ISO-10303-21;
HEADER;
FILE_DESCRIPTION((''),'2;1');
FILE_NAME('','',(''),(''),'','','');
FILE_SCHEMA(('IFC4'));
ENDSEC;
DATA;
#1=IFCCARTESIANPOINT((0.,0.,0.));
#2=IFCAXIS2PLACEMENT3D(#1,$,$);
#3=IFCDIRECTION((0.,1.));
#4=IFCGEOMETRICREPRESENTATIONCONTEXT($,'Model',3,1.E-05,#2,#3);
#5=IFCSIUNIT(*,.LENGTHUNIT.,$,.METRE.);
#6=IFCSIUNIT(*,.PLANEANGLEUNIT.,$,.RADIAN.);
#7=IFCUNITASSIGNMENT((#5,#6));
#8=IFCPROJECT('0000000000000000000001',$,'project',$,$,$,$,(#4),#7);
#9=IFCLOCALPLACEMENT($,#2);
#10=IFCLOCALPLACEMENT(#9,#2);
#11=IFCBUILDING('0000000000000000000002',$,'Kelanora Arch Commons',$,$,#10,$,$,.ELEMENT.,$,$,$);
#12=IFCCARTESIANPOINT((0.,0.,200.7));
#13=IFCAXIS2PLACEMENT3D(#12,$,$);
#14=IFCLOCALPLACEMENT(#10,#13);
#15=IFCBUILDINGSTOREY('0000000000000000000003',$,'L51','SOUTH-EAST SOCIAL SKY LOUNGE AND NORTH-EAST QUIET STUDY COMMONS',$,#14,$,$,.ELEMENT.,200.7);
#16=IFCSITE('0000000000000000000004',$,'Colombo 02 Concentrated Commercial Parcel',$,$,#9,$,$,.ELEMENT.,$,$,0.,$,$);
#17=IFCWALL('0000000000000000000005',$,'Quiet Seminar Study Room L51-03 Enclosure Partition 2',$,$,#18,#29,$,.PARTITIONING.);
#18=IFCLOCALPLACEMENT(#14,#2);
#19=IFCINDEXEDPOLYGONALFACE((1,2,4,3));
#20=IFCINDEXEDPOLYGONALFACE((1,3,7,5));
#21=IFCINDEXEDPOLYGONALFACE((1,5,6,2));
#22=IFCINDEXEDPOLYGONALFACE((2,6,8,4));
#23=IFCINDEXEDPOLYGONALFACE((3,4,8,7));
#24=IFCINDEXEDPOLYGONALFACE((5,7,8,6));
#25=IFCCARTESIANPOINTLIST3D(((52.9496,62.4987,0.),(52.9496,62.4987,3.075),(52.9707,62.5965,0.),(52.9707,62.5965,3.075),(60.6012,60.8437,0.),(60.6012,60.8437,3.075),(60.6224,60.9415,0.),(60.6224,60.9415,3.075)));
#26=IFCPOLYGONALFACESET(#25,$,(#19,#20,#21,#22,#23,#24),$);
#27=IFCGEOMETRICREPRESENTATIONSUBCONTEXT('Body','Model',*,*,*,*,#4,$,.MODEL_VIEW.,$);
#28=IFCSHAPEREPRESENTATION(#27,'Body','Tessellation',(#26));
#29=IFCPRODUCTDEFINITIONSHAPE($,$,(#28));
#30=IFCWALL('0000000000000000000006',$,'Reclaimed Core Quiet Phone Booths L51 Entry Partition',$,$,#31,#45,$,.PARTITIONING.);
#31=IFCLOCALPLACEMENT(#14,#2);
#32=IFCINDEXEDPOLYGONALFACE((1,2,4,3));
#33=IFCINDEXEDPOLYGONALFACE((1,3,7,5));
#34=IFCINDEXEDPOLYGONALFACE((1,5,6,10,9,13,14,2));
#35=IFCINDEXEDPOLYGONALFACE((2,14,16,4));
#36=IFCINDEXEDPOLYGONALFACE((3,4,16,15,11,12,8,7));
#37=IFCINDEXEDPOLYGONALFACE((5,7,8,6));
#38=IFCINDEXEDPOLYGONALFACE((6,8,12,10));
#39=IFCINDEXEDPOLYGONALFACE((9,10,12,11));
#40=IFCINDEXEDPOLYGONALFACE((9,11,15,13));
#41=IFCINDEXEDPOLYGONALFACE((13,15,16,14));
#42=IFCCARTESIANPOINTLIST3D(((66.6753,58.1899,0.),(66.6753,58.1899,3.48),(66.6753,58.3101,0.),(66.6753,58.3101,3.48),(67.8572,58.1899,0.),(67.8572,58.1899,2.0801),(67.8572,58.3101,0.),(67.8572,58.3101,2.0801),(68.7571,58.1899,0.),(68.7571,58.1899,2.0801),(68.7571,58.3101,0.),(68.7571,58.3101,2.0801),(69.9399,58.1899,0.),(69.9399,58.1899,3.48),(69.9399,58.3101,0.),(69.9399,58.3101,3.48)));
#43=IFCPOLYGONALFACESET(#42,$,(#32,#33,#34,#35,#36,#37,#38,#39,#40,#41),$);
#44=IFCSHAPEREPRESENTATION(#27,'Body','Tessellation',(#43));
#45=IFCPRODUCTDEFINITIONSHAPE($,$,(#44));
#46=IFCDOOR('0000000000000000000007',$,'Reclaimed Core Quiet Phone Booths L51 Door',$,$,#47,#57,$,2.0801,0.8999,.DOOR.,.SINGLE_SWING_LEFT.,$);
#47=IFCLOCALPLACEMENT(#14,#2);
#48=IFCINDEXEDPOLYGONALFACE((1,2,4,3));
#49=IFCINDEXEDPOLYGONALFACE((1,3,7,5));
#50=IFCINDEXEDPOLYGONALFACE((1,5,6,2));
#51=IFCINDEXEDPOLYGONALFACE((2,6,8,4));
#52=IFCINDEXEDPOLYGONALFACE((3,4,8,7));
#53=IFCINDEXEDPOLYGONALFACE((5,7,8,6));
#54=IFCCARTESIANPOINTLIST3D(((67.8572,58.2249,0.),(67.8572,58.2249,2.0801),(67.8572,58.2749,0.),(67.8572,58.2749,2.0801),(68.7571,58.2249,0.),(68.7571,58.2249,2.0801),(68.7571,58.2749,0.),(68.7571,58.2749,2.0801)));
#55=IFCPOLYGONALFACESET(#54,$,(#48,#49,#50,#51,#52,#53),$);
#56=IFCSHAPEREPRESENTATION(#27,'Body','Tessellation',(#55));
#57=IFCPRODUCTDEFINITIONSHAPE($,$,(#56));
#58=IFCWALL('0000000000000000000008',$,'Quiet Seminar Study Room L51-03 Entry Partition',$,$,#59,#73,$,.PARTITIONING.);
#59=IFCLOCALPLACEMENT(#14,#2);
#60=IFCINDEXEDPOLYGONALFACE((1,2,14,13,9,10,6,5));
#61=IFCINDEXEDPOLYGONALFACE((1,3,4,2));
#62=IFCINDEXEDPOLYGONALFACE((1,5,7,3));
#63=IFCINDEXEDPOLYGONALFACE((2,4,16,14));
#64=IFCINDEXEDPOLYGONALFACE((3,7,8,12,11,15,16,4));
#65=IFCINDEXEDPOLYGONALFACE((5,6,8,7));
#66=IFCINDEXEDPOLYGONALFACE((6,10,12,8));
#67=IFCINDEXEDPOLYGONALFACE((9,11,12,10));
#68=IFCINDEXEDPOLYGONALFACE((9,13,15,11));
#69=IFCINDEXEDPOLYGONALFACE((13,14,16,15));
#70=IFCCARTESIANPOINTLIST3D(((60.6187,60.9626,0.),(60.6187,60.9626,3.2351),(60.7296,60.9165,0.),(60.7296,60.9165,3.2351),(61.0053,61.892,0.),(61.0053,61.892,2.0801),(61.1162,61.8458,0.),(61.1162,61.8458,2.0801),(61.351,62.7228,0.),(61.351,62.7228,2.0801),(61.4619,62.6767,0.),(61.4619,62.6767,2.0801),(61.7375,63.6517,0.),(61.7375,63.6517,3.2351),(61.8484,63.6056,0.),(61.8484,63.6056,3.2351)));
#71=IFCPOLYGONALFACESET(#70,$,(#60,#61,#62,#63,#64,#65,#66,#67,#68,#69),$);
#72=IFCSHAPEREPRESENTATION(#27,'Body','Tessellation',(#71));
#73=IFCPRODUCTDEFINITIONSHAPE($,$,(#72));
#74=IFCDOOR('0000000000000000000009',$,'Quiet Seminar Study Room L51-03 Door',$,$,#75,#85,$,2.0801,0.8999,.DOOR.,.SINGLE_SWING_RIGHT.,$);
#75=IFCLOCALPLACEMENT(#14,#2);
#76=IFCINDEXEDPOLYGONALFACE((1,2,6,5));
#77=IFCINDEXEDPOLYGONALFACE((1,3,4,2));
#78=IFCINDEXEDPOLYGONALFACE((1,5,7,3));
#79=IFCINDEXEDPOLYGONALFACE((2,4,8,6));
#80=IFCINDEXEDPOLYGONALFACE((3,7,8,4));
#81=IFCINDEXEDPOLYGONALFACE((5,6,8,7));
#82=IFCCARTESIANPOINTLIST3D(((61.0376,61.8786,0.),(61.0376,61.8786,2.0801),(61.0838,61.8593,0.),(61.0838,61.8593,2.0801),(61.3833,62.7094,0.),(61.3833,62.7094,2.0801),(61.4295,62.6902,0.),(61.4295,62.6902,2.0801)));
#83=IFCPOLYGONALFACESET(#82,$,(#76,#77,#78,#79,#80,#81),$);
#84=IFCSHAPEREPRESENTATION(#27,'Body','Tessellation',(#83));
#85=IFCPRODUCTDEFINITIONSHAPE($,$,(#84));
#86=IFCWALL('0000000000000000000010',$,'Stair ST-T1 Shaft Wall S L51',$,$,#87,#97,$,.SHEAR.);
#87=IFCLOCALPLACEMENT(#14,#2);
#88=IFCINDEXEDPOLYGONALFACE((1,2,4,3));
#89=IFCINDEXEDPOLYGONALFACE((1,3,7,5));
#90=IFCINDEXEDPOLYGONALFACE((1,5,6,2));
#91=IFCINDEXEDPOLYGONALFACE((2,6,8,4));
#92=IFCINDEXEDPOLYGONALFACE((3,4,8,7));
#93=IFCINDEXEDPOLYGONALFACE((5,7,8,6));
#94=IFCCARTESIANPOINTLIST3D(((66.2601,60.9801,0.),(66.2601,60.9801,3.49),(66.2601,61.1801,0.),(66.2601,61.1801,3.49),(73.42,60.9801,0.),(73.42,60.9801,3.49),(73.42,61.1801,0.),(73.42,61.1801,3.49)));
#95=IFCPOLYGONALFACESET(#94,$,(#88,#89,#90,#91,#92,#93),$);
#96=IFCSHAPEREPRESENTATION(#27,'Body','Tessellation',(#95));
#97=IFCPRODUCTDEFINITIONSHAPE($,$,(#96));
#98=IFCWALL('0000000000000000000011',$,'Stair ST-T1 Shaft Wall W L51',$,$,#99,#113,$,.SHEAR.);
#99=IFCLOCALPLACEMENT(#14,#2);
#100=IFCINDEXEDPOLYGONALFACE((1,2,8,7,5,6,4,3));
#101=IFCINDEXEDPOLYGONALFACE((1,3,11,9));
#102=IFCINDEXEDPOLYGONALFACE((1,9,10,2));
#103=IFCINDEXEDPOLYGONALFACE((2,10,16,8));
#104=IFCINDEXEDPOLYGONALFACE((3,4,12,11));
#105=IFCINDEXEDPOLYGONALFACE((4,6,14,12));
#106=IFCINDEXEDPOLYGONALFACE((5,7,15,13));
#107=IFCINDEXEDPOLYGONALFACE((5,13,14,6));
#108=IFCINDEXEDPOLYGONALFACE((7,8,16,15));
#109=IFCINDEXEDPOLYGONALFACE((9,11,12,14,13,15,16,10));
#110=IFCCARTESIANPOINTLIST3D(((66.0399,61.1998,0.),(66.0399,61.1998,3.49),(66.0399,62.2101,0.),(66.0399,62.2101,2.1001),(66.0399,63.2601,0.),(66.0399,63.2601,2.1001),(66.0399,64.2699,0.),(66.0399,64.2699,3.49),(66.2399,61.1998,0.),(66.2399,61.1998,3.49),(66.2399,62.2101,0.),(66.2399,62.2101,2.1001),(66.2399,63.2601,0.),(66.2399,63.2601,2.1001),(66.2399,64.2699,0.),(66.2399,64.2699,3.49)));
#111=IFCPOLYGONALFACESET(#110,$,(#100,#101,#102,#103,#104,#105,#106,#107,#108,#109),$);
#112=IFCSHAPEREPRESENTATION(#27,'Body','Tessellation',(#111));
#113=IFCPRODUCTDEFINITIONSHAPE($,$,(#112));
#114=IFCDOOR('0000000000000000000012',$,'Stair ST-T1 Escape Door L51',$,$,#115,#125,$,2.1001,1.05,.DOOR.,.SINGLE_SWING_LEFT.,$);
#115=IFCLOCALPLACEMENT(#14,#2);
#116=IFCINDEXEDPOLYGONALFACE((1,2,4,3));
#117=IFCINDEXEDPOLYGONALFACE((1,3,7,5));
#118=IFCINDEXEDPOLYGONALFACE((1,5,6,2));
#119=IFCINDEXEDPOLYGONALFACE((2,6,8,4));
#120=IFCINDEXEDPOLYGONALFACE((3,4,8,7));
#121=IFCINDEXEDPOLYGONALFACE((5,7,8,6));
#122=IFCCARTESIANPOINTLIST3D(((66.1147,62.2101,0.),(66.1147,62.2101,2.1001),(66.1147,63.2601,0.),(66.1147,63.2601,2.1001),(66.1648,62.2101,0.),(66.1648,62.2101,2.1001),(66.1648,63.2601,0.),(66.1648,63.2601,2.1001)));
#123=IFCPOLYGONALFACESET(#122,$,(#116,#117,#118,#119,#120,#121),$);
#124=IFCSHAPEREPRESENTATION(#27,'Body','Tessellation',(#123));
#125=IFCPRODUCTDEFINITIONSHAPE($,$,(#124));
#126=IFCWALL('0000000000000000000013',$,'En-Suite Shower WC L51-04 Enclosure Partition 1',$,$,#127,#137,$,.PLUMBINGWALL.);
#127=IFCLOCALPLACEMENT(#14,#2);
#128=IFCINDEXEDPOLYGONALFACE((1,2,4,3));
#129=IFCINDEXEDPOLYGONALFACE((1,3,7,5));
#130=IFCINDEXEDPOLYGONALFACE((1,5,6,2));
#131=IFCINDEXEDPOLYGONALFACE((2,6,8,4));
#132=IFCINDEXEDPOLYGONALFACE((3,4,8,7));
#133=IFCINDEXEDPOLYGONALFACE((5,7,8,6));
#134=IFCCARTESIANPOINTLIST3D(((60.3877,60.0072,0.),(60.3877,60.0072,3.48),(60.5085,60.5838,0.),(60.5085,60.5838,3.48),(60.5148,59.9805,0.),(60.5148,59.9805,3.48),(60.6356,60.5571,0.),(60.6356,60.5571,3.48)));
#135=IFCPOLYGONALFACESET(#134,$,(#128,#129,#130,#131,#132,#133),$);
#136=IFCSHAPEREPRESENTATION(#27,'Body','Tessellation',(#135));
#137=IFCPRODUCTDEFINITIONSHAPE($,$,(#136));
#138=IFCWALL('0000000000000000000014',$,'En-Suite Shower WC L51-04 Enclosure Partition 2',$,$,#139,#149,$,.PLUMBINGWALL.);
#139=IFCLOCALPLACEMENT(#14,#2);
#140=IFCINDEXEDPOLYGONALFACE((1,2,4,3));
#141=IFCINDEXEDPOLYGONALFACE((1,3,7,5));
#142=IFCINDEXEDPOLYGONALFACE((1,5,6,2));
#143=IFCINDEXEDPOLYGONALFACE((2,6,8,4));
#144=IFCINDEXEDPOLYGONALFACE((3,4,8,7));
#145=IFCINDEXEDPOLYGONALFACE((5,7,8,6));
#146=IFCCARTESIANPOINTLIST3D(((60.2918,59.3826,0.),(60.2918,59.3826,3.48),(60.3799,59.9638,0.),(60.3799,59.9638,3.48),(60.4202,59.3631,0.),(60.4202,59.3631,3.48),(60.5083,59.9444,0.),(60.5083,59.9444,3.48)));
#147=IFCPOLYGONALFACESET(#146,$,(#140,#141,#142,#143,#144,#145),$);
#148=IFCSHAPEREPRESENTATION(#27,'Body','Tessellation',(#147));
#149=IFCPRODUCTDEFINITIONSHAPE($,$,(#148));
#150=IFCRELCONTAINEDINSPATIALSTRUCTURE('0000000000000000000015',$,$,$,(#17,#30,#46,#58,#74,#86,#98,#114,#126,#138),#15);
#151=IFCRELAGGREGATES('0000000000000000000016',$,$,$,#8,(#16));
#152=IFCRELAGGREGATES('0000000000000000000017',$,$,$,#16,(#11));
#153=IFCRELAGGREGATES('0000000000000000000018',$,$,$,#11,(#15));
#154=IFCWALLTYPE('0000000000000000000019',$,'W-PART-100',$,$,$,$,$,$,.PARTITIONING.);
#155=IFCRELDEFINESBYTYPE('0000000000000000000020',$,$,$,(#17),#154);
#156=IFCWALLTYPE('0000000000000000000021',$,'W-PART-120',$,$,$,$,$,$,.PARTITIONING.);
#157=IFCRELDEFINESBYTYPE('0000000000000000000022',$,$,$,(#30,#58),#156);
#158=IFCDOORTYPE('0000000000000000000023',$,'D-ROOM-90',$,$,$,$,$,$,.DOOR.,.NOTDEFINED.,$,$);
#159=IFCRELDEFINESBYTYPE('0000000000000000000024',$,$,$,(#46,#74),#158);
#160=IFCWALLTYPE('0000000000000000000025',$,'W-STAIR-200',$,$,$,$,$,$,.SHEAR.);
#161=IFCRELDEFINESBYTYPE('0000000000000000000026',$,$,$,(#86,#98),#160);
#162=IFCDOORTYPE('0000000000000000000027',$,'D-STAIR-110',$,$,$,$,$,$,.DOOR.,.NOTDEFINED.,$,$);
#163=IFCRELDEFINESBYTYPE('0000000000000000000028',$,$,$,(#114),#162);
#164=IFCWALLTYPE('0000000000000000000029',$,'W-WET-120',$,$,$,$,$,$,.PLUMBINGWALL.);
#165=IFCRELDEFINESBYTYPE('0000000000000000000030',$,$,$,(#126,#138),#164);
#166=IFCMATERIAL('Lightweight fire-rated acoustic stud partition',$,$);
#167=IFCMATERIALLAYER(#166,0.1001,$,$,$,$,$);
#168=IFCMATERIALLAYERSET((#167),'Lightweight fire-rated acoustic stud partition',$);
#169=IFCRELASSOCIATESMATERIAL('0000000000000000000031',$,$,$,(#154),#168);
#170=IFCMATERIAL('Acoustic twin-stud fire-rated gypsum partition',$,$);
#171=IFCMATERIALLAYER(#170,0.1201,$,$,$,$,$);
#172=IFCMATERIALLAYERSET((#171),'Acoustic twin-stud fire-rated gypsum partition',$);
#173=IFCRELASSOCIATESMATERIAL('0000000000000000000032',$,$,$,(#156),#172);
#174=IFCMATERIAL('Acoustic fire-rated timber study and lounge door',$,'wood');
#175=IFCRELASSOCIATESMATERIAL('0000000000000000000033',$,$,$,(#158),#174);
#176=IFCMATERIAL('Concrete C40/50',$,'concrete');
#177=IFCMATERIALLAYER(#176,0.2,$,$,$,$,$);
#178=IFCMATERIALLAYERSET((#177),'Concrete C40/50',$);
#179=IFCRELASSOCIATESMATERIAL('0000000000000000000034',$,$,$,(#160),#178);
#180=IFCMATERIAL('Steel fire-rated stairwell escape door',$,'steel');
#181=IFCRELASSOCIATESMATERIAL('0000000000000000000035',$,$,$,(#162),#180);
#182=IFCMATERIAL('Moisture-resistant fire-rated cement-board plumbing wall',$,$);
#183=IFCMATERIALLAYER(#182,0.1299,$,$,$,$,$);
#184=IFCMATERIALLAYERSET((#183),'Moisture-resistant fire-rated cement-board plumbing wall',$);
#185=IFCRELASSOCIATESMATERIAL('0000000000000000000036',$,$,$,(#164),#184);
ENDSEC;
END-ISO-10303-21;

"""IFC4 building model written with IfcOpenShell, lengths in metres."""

from ifc_helpers import new_model, si_unit, direction, frame, frame_2d, origin, place, context, subcontext, project, spatial, rectangle, extrude, material, layer, layer_set, type_object, element, fill, save


model = new_model("IFC4")

# Units and contexts
model_context = context("Model", 3, precision=1e-05, world=origin(), true_north=direction((0.0, 1.0)))
body_context = subcontext(model_context, "Body", "Model", "MODEL_VIEW")
ifc_project = project(units=[si_unit("LENGTHUNIT", "METRE"), si_unit("PLANEANGLEUNIT", "RADIAN")], contexts=[model_context])

# Site, building, storey
site_placement = place(None, origin())
site = spatial("IfcSite", under=ifc_project, at=site_placement, Name="Colombo 02 Concentrated Commercial Parcel", CompositionType="ELEMENT", RefElevation=0.0)
building_placement = place(site_placement, origin())
building = spatial("IfcBuilding", under=site, at=building_placement, Name="Kelanora Arch Commons", CompositionType="ELEMENT")
storey_placement = place(building_placement, frame((0.0, 0.0, 200.7)))
storey = spatial("IfcBuildingStorey", under=building, at=storey_placement, Name="L51", Description="SOUTH-EAST SOCIAL SKY LOUNGE AND NORTH-EAST QUIET STUDY COMMONS", CompositionType="ELEMENT", Elevation=200.7)

# Wall
ifc_material_1 = material(Name="Lightweight fire-rated acoustic stud partition")
ifc_layer_1 = layer(ifc_material_1, 0.1001)
ifc_layer_set_1 = layer_set([ifc_layer_1], Name="Lightweight fire-rated acoustic stud partition")
wall_type_1 = type_object("IfcWallType", Name="W-PART-100", PredefinedType="PARTITIONING", material=ifc_layer_set_1)
wall_1_placement = place(storey_placement, frame((60.6118, 60.8926, 0.0), z_axis=(0.0, 0.0, 1.0), x_axis=(-0.977398, 0.211409, 0.0)))
element("IfcWall", 1, at=wall_1_placement, inside=storey, type_object=wall_type_1, Name="Quiet Seminar Study Room L51-03 Enclosure Partition 2", PredefinedType="PARTITIONING", context=body_context, shape_type="SweptSolid", body=[
    extrude(rectangle(XDim=7.8286, YDim=0.1001, at=frame_2d((3.9143, 0.0))), origin(), (0.0, 0.0, 1.0), 3.075),
])

# Walls, openings, doors
ifc_material_2 = material(Name="Acoustic twin-stud fire-rated gypsum partition")
ifc_layer_2 = layer(ifc_material_2, 0.1201)
ifc_layer_set_2 = layer_set([ifc_layer_2], Name="Acoustic twin-stud fire-rated gypsum partition")
wall_type_2 = type_object("IfcWallType", Name="W-PART-120", PredefinedType="PARTITIONING", material=ifc_layer_set_2)
wall_2_placement = place(storey_placement, frame((66.6753, 58.25, 0.0), z_axis=(0.0, 0.0, 1.0), x_axis=(1.0, 0.0, 0.0)))
wall_2 = element("IfcWall", 2, at=wall_2_placement, inside=storey, type_object=wall_type_2, Name="Reclaimed Core Quiet Phone Booths L51 Entry Partition", PredefinedType="PARTITIONING", context=body_context, shape_type="SweptSolid", body=[
    extrude(rectangle(XDim=3.2646, YDim=0.1201, at=frame_2d((1.6323, 0.0))), origin(), (0.0, 0.0, 1.0), 3.48),
])
opening_1_placement = place(wall_2_placement, frame((1.1819, 0.0, 0.0)))
opening_1 = element("IfcOpeningElement", 3, at=opening_1_placement, cuts=wall_2, PredefinedType="OPENING", context=body_context, shape_type="SweptSolid", body=[
    extrude(rectangle(XDim=0.8999, YDim=2.0801, at=frame_2d((0.45, 1.04))), frame((0.0, 0.0701, 0.0), z_axis=(0.0, -1.0, 0.0), x_axis=(1.0, 0.0, 0.0)), (0.0, 0.0, 1.0), 0.1401),
])
ifc_material_3 = material(Name="Acoustic fire-rated timber study and lounge door", Category="wood")
door_type_1 = type_object("IfcDoorType", Name="D-ROOM-90", OperationType="NOTDEFINED", PredefinedType="DOOR", material=ifc_material_3)
door_1_placement = place(opening_1_placement, origin())
door_1 = element("IfcDoor", 4, at=door_1_placement, inside=storey, type_object=door_type_1, Name="Reclaimed Core Quiet Phone Booths L51 Door", OperationType="SINGLE_SWING_LEFT", OverallHeight=2.0801, OverallWidth=0.8999, PredefinedType="DOOR", context=body_context, shape_type="SweptSolid", body=[
    extrude(rectangle(XDim=0.8999, YDim=2.0801, at=frame_2d((0.45, 1.04))), frame((0.0, 0.0249, 0.0), z_axis=(0.0, -1.0, 0.0), x_axis=(1.0, 0.0, 0.0)), (0.0, 0.0, 1.0), 0.05),
])
fill(opening_1, door_1)
wall_3_placement = place(storey_placement, frame((61.793, 63.6287, 0.0), z_axis=(0.0, 0.0, 1.0), x_axis=(-0.384145, -0.923273, 0.0)))
wall_3 = element("IfcWall", 5, at=wall_3_placement, inside=storey, type_object=wall_type_2, Name="Quiet Seminar Study Room L51-03 Entry Partition", PredefinedType="PARTITIONING", context=body_context, shape_type="SweptSolid", body=[
    extrude(rectangle(XDim=2.9126, YDim=0.1201, at=frame_2d((1.4563, 0.0))), origin(), (0.0, 0.0, 1.0), 3.2351),
])
opening_2_placement = place(wall_3_placement, frame((1.0061, 0.0, 0.0)))
opening_2 = element("IfcOpeningElement", 6, at=opening_2_placement, cuts=wall_3, PredefinedType="OPENING", context=body_context, shape_type="SweptSolid", body=[
    extrude(rectangle(XDim=0.8999, YDim=2.0801, at=frame_2d((0.45, 1.04))), frame((0.0, 0.0701, 0.0), z_axis=(0.0, -1.0, 0.0), x_axis=(1.0, 0.0, 0.0)), (0.0, 0.0, 1.0), 0.1401),
])
door_2_placement = place(opening_2_placement, origin())
door_2 = element("IfcDoor", 7, at=door_2_placement, inside=storey, type_object=door_type_1, Name="Quiet Seminar Study Room L51-03 Door", OperationType="SINGLE_SWING_RIGHT", OverallHeight=2.0801, OverallWidth=0.8999, PredefinedType="DOOR", context=body_context, shape_type="SweptSolid", body=[
    extrude(rectangle(XDim=0.8999, YDim=2.0801, at=frame_2d((0.45, 1.04))), frame((0.0, 0.0249, 0.0), z_axis=(0.0, -1.0, 0.0), x_axis=(1.0, 0.0, 0.0)), (0.0, 0.0, 1.0), 0.05),
])
fill(opening_2, door_2)

# Wall
ifc_material_4 = material(Name="Concrete C40/50", Category="concrete")
ifc_layer_3 = layer(ifc_material_4, 0.2)
ifc_layer_set_3 = layer_set([ifc_layer_3], Name="Concrete C40/50")
wall_type_3 = type_object("IfcWallType", Name="W-STAIR-200", PredefinedType="SHEAR", material=ifc_layer_set_3)
wall_4_placement = place(storey_placement, frame((66.26, 61.0801, 0.0), z_axis=(0.0, 0.0, 1.0), x_axis=(1.0, 0.0, 0.0)))
element("IfcWall", 8, at=wall_4_placement, inside=storey, type_object=wall_type_3, Name="Stair ST-T1 Shaft Wall S L51", PredefinedType="SHEAR", context=body_context, shape_type="SweptSolid", body=[
    extrude(rectangle(XDim=7.1599, YDim=0.2, at=frame_2d((3.5801, 0.0))), origin(), (0.0, 0.0, 1.0), 3.49),
])

# Wall, opening, door
wall_5_placement = place(storey_placement, frame((66.1399, 64.27, 0.0), z_axis=(0.0, 0.0, 1.0), x_axis=(0.0, -1.0, 0.0)))
wall_5 = element("IfcWall", 9, at=wall_5_placement, inside=storey, type_object=wall_type_3, Name="Stair ST-T1 Shaft Wall W L51", PredefinedType="SHEAR", context=body_context, shape_type="SweptSolid", body=[
    extrude(rectangle(XDim=3.0701, YDim=0.2, at=frame_2d((1.5352, 0.0))), origin(), (0.0, 0.0, 1.0), 3.49),
])
opening_3_placement = place(wall_5_placement, frame((1.01, 0.0, 0.0)))
opening_3 = element("IfcOpeningElement", 10, at=opening_3_placement, cuts=wall_5, PredefinedType="OPENING", context=body_context, shape_type="SweptSolid", body=[
    extrude(rectangle(XDim=1.05, YDim=2.1001, at=frame_2d((0.5249, 1.05))), frame((0.0, 0.1099, 0.0), z_axis=(0.0, -1.0, 0.0), x_axis=(1.0, 0.0, 0.0)), (0.0, 0.0, 1.0), 0.22),
])
ifc_material_5 = material(Name="Steel fire-rated stairwell escape door", Category="steel")
door_type_2 = type_object("IfcDoorType", Name="D-STAIR-110", OperationType="NOTDEFINED", PredefinedType="DOOR", material=ifc_material_5)
door_3_placement = place(opening_3_placement, origin())
door_3 = element("IfcDoor", 11, at=door_3_placement, inside=storey, type_object=door_type_2, Name="Stair ST-T1 Escape Door L51", OperationType="SINGLE_SWING_LEFT", OverallHeight=2.1001, OverallWidth=1.05, PredefinedType="DOOR", context=body_context, shape_type="SweptSolid", body=[
    extrude(rectangle(XDim=1.05, YDim=2.1001, at=frame_2d((0.5249, 1.05))), frame((0.0, 0.0249, 0.0), z_axis=(0.0, -1.0, 0.0), x_axis=(1.0, 0.0, 0.0)), (0.0, 0.0, 1.0), 0.05),
])
fill(opening_3, door_3)

# Walls
ifc_material_6 = material(Name="Moisture-resistant fire-rated cement-board plumbing wall")
ifc_layer_4 = layer(ifc_material_6, 0.1299)
ifc_layer_set_4 = layer_set([ifc_layer_4], Name="Moisture-resistant fire-rated cement-board plumbing wall")
wall_type_4 = type_object("IfcWallType", Name="W-WET-120", PredefinedType="PLUMBINGWALL", material=ifc_layer_set_4)
wall_6_placement = place(storey_placement, frame((60.572, 60.5703, 0.0), z_axis=(0.0, 0.0, 1.0), x_axis=(-0.205112, -0.978738, 0.0)))
element("IfcWall", 12, at=wall_6_placement, inside=storey, type_object=wall_type_4, Name="En-Suite Shower WC L51-04 Enclosure Partition 1", PredefinedType="PLUMBINGWALL", context=body_context, shape_type="SweptSolid", body=[
    extrude(rectangle(XDim=0.5891, YDim=0.1299, at=frame_2d((0.2944, 0.0))), origin(), (0.0, 0.0, 1.0), 3.48),
])
wall_7_placement = place(storey_placement, frame((60.4441, 59.9541, 0.0), z_axis=(0.0, 0.0, 1.0), x_axis=(-0.149904, -0.988701, 0.0)))
element("IfcWall", 13, at=wall_7_placement, inside=storey, type_object=wall_type_4, Name="En-Suite Shower WC L51-04 Enclosure Partition 2", PredefinedType="PLUMBINGWALL", context=body_context, shape_type="SweptSolid", body=[
    extrude(rectangle(XDim=0.5879, YDim=0.1299, at=frame_2d((0.2939, 0.0))), origin(), (0.0, 0.0, 1.0), 3.48),
])

save(model, "model.ifc")
